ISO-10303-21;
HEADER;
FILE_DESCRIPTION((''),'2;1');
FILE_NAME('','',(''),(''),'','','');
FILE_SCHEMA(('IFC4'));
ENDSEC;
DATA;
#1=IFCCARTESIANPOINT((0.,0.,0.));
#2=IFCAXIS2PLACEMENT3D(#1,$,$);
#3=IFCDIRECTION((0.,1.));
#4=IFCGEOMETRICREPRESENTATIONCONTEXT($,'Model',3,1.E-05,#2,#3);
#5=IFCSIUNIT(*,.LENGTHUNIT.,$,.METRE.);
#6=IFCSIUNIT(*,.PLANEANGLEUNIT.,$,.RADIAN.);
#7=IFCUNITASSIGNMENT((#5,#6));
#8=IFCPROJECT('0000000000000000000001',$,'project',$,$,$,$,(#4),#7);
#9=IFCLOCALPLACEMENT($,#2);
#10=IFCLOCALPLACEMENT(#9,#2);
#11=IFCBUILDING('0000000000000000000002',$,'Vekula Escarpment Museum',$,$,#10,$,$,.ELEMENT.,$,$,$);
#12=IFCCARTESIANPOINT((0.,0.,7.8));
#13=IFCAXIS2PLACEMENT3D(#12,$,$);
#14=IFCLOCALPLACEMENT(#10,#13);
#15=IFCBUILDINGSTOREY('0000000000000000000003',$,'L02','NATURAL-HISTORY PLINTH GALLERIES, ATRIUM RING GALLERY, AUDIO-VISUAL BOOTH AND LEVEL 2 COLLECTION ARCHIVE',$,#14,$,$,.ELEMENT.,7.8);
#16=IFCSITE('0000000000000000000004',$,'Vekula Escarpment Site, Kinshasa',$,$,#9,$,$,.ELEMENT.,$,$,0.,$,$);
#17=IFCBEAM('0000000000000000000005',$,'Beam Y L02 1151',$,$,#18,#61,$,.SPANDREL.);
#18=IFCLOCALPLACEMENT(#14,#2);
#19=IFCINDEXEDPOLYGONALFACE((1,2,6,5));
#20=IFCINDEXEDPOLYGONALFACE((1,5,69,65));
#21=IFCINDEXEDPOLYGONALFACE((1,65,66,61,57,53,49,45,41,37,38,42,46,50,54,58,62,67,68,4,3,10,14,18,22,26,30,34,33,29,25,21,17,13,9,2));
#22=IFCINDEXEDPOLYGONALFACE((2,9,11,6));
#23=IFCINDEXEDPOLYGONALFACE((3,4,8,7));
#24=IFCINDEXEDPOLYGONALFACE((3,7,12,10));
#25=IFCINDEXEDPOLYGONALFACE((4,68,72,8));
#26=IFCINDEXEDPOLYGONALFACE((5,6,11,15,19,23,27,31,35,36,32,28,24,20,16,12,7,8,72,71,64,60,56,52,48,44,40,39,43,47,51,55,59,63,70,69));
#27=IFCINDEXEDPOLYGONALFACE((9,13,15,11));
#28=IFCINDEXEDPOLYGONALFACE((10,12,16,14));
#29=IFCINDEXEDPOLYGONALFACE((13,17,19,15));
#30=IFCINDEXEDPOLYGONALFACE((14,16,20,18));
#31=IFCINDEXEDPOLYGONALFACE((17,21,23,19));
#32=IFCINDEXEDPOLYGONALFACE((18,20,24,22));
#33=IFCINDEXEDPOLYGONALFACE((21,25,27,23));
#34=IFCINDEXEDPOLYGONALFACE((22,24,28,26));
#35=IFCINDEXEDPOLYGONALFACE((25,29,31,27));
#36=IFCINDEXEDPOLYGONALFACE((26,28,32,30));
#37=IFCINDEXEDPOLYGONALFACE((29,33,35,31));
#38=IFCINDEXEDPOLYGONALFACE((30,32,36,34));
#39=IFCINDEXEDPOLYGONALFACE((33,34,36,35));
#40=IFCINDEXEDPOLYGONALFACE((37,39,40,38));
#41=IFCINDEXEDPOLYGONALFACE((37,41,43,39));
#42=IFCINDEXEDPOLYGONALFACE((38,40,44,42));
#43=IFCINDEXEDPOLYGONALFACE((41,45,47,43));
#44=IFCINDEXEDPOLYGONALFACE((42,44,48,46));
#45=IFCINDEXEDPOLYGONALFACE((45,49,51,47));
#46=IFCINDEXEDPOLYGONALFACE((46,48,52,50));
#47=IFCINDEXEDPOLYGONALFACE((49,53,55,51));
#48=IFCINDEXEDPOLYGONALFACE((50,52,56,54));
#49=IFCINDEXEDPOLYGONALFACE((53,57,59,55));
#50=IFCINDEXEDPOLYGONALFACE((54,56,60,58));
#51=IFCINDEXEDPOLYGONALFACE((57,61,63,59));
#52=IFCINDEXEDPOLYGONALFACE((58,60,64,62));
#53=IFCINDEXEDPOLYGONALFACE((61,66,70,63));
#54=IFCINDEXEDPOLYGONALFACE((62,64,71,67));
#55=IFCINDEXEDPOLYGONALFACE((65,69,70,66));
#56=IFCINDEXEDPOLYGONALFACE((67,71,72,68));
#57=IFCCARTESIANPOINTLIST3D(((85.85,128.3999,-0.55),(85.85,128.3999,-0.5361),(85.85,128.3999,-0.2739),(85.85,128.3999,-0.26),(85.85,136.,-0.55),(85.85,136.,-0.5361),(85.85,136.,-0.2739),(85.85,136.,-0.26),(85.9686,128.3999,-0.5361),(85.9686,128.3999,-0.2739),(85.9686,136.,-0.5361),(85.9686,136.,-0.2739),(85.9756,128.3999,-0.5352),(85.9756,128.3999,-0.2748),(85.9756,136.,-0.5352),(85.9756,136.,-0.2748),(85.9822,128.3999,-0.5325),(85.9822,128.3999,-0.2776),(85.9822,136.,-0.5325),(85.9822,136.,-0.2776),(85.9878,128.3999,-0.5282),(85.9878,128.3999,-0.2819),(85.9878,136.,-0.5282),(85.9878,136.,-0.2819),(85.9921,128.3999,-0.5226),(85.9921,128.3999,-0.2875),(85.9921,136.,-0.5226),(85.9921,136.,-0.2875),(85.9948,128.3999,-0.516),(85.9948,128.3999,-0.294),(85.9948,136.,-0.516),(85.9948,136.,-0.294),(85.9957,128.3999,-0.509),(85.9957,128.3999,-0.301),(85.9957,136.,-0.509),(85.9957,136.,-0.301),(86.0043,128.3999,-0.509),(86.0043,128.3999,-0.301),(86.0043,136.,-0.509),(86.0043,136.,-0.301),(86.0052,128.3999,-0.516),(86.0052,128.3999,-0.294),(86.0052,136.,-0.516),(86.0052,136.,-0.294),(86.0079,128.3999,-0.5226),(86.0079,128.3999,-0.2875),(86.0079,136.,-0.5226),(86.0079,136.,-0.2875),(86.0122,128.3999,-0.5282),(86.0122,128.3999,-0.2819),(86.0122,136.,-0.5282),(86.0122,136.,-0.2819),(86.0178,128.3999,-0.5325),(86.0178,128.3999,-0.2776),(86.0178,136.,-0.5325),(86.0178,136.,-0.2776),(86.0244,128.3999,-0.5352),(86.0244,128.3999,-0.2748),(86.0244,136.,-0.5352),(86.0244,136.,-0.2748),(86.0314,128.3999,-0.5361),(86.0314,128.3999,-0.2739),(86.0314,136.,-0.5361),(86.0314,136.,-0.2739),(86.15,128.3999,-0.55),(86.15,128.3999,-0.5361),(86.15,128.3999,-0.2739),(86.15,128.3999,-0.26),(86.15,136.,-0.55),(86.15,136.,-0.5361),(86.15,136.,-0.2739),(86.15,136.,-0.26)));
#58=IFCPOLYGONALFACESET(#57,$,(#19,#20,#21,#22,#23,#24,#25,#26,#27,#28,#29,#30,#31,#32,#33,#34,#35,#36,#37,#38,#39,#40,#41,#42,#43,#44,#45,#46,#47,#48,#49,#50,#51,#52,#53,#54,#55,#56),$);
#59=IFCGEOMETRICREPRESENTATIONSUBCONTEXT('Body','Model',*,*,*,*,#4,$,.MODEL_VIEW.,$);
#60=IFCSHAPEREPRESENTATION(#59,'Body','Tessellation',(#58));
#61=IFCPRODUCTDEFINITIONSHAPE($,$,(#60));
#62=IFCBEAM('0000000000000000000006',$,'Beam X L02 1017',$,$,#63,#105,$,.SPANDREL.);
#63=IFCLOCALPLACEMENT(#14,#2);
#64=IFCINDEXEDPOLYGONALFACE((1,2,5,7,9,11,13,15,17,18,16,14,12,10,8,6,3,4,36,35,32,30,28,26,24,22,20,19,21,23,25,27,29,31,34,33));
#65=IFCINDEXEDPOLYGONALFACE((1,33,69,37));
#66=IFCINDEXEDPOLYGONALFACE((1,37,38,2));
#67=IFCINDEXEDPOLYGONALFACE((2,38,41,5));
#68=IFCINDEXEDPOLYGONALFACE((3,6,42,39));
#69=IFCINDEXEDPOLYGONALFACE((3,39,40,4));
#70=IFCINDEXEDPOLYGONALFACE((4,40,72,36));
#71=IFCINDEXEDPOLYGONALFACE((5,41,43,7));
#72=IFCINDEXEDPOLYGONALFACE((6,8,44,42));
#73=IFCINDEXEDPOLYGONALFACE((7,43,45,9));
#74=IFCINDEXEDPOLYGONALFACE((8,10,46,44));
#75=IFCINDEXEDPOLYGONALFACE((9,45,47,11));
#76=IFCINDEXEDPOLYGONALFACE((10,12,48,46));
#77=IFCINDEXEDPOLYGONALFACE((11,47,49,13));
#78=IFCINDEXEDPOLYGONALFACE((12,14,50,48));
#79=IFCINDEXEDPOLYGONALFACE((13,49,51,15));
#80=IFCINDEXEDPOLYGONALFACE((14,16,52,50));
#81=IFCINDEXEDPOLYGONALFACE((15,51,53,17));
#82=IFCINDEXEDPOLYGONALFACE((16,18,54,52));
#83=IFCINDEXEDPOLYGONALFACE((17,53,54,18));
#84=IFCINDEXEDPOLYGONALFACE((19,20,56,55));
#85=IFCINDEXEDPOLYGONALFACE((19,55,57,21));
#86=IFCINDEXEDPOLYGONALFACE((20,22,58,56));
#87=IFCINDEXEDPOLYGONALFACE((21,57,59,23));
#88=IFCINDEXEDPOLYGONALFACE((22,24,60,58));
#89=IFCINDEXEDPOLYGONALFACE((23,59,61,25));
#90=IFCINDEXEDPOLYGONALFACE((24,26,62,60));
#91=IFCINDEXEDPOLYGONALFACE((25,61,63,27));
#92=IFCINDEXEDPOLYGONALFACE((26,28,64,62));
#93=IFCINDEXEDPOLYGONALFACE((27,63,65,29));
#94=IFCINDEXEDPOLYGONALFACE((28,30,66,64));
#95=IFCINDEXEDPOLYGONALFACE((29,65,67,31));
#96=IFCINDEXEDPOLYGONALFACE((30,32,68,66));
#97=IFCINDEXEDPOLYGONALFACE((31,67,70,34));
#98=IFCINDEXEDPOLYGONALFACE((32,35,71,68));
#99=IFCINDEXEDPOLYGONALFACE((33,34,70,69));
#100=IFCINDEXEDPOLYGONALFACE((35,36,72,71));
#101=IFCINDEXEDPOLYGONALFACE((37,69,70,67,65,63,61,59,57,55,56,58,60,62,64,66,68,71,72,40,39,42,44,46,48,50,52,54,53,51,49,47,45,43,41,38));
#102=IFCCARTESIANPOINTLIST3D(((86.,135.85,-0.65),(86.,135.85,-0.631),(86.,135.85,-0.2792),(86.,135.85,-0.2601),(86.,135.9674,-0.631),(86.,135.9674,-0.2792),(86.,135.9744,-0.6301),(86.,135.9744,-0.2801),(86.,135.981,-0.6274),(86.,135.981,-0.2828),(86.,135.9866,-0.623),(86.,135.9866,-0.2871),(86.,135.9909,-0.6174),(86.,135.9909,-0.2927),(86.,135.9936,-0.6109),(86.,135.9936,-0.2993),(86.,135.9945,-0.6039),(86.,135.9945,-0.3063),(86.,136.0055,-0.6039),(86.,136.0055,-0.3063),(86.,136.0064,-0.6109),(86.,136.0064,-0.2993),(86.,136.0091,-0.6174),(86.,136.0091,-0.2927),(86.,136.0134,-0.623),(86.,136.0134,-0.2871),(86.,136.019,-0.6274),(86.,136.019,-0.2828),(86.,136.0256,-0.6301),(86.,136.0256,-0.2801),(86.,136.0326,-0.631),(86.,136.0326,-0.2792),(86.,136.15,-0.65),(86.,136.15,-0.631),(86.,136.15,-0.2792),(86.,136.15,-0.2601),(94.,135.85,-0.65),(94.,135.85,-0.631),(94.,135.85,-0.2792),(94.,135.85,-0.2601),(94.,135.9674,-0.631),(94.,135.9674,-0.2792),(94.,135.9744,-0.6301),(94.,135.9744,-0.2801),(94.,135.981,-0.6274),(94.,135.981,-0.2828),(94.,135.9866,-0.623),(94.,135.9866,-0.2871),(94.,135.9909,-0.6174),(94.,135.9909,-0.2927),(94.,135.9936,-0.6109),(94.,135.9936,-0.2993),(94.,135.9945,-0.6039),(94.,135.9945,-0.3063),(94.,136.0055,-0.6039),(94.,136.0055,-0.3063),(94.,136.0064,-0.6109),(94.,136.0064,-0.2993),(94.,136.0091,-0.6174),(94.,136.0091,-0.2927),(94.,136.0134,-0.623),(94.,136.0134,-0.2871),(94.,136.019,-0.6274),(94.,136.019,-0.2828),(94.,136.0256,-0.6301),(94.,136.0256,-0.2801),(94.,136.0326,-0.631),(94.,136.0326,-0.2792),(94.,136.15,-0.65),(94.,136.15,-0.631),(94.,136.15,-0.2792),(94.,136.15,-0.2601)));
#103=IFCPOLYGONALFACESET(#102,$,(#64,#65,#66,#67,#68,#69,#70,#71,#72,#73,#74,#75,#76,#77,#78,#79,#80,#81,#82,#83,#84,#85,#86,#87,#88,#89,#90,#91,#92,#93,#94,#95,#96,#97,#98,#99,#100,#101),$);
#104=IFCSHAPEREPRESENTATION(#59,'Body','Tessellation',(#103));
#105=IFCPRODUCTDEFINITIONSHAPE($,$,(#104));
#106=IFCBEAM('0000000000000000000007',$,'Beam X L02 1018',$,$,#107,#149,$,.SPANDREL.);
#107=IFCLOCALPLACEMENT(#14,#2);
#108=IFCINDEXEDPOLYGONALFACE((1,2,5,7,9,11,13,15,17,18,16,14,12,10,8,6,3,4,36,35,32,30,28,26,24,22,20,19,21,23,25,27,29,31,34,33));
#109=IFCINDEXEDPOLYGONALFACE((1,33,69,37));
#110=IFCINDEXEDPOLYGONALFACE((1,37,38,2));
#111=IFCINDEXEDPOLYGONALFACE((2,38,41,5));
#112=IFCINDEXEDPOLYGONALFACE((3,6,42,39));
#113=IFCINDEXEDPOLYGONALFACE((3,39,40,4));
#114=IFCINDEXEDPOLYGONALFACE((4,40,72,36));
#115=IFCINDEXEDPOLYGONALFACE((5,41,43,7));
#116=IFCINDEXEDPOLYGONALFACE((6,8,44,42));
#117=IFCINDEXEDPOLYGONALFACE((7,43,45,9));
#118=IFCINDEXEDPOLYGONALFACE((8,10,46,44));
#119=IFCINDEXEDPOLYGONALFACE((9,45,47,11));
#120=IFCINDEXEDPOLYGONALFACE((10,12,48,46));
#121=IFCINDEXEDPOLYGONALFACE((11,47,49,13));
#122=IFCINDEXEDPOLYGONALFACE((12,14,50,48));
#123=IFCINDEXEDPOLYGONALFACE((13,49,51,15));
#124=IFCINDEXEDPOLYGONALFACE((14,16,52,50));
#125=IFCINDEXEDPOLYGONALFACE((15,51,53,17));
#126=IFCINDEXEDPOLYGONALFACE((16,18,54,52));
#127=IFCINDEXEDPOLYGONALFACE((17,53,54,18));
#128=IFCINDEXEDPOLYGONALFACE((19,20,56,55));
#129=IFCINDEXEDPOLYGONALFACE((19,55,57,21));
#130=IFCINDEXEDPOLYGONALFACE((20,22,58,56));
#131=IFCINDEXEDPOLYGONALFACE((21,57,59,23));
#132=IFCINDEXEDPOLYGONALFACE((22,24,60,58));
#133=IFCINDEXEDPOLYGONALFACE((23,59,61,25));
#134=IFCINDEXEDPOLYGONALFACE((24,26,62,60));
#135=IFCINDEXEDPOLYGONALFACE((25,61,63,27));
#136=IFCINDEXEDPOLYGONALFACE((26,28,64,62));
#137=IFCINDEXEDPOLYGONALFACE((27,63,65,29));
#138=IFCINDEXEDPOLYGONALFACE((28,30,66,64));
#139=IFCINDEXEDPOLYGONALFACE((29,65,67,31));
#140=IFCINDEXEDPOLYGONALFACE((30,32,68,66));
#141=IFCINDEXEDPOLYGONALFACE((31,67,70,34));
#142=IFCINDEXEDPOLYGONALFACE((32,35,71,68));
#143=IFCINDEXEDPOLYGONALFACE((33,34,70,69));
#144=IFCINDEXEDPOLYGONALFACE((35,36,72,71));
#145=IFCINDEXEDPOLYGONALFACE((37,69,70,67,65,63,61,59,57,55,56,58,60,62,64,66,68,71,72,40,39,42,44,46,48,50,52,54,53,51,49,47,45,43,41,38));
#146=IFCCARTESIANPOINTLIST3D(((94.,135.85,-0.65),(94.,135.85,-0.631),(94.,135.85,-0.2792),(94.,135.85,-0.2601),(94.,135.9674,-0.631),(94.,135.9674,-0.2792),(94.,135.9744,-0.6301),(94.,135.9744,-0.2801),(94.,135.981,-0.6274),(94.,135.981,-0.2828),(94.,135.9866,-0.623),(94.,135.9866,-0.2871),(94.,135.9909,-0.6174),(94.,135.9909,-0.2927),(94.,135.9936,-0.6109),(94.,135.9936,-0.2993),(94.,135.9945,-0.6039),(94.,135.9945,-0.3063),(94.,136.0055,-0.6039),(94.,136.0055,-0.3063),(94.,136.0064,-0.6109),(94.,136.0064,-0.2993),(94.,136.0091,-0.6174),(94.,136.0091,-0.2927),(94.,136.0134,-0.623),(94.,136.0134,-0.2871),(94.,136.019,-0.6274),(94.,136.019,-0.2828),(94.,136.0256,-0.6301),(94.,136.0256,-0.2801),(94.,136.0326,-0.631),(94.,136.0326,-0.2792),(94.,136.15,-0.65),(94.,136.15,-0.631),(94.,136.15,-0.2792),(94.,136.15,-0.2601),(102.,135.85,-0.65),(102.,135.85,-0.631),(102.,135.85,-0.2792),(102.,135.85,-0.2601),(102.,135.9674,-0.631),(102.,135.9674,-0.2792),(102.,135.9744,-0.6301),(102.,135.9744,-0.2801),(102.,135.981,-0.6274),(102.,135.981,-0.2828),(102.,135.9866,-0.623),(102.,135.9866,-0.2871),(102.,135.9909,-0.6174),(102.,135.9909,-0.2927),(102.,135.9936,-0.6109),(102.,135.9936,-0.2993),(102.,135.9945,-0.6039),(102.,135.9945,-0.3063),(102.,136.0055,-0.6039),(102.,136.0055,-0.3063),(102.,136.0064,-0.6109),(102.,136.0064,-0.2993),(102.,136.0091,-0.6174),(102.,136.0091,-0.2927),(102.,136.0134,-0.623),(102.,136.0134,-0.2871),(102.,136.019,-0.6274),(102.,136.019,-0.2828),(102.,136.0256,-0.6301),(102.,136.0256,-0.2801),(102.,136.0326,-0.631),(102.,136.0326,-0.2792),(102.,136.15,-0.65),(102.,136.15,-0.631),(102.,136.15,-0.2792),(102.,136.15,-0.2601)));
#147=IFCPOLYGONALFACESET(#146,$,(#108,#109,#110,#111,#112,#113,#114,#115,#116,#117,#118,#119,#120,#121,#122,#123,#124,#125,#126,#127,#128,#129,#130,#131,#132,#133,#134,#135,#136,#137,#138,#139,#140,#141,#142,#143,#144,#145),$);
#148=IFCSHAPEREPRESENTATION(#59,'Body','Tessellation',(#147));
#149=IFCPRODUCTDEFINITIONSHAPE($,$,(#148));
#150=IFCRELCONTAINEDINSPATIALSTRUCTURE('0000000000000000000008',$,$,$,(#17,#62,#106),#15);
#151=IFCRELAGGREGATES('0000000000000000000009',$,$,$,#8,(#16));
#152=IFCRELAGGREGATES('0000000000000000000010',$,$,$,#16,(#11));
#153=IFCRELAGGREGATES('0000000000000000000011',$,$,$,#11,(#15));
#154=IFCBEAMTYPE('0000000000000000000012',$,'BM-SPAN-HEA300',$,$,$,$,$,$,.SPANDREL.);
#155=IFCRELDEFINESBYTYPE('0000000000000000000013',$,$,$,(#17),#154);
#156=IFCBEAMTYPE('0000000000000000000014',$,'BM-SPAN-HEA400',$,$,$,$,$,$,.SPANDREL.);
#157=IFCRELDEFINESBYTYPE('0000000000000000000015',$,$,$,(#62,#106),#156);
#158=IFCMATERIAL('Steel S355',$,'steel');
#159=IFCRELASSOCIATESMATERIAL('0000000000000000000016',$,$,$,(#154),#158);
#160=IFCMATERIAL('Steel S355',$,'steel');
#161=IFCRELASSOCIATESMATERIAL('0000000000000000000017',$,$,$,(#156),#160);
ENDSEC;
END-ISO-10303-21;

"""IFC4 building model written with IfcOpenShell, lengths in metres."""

from ifc_helpers import new_model, si_unit, direction, frame, origin, origin_2d, place, context, subcontext, project, spatial, i_section, extrude, material, material_profile, profile_set, type_object, element, save


model = new_model("IFC4")

# Units and contexts
model_context = context("Model", 3, precision=1e-05, world=origin(), true_north=direction((0.0, 1.0)))
body_context = subcontext(model_context, "Body", "Model", "MODEL_VIEW")
ifc_project = project(units=[si_unit("LENGTHUNIT", "METRE"), si_unit("PLANEANGLEUNIT", "RADIAN")], contexts=[model_context])

# Site, building, storey
site_placement = place(None, origin())
site = spatial("IfcSite", under=ifc_project, at=site_placement, Name="Vekula Escarpment Site, Kinshasa", CompositionType="ELEMENT", RefElevation=0.0)
building_placement = place(site_placement, origin())
building = spatial("IfcBuilding", under=site, at=building_placement, Name="Vekula Escarpment Museum", CompositionType="ELEMENT")
storey_placement = place(building_placement, frame((0.0, 0.0, 7.8)))
storey = spatial("IfcBuildingStorey", under=building, at=storey_placement, Name="L02", Description="NATURAL-HISTORY PLINTH GALLERIES, ATRIUM RING GALLERY, AUDIO-VISUAL BOOTH AND LEVEL 2 COLLECTION ARCHIVE", CompositionType="ELEMENT", Elevation=7.8)

# Beams
ifc_material_1 = material(Name="Steel S355", Category="steel")
ifc_material_profile_1 = material_profile(ifc_material_1, i_section(OverallWidth=0.3, OverallDepth=0.29, WebThickness=0.0085, FlangeThickness=0.0139, FilletRadius=0.0271, at=origin_2d()), Name="HEA 300")
ifc_profile_set_1 = profile_set([ifc_material_profile_1], Name="Steel S355")
beam_type_1 = type_object("IfcBeamType", Name="BM-SPAN-HEA300", PredefinedType="SPANDREL", material=ifc_profile_set_1)
beam_1_placement = place(storey_placement, frame((86.0, 128.3999, -0.405), z_axis=(0.0, 1.0, 0.0), x_axis=(-1.0, 0.0, 0.0)))
element("IfcBeam", 1, at=beam_1_placement, inside=storey, type_object=beam_type_1, Name="Beam Y L02 1151", PredefinedType="SPANDREL", context=body_context, shape_type="SweptSolid", body=[
    extrude(i_section(OverallWidth=0.3, OverallDepth=0.29, WebThickness=0.0085, FlangeThickness=0.0139, FilletRadius=0.0271, at=origin_2d()), origin(), (0.0, 0.0, 1.0), 7.6001),
])
ifc_material_2 = material(Name="Steel S355", Category="steel")
ifc_material_profile_2 = material_profile(ifc_material_2, i_section(OverallWidth=0.3, OverallDepth=0.3899, WebThickness=0.011, FlangeThickness=0.019, FilletRadius=0.0271, at=origin_2d()), Name="HEA 400")
ifc_profile_set_2 = profile_set([ifc_material_profile_2], Name="Steel S355")
beam_type_2 = type_object("IfcBeamType", Name="BM-SPAN-HEA400", PredefinedType="SPANDREL", material=ifc_profile_set_2)
for number, where, z_axis, x_axis, name in (
    (2, (86.0, 136.0, -0.4551), (1.0, 0.0, 0.0), (0.0, 1.0, 0.0), "Beam X L02 1017"),
    (3, (94.0, 136.0, -0.4551), (1.0, 0.0, 0.0), (0.0, 1.0, 0.0), "Beam X L02 1018"),
):
    element("IfcBeam", number, at=place(storey_placement, frame(where, z_axis=z_axis, x_axis=x_axis)), inside=storey, type_object=beam_type_2, Name=name, PredefinedType="SPANDREL", context=body_context, shape_type="SweptSolid", body=[
        extrude(i_section(OverallWidth=0.3, OverallDepth=0.3899, WebThickness=0.011, FlangeThickness=0.019, FilletRadius=0.0271, at=origin_2d()), origin(), (0.0, 0.0, 1.0), 8.0),
    ])

save(model, "model.ifc")
